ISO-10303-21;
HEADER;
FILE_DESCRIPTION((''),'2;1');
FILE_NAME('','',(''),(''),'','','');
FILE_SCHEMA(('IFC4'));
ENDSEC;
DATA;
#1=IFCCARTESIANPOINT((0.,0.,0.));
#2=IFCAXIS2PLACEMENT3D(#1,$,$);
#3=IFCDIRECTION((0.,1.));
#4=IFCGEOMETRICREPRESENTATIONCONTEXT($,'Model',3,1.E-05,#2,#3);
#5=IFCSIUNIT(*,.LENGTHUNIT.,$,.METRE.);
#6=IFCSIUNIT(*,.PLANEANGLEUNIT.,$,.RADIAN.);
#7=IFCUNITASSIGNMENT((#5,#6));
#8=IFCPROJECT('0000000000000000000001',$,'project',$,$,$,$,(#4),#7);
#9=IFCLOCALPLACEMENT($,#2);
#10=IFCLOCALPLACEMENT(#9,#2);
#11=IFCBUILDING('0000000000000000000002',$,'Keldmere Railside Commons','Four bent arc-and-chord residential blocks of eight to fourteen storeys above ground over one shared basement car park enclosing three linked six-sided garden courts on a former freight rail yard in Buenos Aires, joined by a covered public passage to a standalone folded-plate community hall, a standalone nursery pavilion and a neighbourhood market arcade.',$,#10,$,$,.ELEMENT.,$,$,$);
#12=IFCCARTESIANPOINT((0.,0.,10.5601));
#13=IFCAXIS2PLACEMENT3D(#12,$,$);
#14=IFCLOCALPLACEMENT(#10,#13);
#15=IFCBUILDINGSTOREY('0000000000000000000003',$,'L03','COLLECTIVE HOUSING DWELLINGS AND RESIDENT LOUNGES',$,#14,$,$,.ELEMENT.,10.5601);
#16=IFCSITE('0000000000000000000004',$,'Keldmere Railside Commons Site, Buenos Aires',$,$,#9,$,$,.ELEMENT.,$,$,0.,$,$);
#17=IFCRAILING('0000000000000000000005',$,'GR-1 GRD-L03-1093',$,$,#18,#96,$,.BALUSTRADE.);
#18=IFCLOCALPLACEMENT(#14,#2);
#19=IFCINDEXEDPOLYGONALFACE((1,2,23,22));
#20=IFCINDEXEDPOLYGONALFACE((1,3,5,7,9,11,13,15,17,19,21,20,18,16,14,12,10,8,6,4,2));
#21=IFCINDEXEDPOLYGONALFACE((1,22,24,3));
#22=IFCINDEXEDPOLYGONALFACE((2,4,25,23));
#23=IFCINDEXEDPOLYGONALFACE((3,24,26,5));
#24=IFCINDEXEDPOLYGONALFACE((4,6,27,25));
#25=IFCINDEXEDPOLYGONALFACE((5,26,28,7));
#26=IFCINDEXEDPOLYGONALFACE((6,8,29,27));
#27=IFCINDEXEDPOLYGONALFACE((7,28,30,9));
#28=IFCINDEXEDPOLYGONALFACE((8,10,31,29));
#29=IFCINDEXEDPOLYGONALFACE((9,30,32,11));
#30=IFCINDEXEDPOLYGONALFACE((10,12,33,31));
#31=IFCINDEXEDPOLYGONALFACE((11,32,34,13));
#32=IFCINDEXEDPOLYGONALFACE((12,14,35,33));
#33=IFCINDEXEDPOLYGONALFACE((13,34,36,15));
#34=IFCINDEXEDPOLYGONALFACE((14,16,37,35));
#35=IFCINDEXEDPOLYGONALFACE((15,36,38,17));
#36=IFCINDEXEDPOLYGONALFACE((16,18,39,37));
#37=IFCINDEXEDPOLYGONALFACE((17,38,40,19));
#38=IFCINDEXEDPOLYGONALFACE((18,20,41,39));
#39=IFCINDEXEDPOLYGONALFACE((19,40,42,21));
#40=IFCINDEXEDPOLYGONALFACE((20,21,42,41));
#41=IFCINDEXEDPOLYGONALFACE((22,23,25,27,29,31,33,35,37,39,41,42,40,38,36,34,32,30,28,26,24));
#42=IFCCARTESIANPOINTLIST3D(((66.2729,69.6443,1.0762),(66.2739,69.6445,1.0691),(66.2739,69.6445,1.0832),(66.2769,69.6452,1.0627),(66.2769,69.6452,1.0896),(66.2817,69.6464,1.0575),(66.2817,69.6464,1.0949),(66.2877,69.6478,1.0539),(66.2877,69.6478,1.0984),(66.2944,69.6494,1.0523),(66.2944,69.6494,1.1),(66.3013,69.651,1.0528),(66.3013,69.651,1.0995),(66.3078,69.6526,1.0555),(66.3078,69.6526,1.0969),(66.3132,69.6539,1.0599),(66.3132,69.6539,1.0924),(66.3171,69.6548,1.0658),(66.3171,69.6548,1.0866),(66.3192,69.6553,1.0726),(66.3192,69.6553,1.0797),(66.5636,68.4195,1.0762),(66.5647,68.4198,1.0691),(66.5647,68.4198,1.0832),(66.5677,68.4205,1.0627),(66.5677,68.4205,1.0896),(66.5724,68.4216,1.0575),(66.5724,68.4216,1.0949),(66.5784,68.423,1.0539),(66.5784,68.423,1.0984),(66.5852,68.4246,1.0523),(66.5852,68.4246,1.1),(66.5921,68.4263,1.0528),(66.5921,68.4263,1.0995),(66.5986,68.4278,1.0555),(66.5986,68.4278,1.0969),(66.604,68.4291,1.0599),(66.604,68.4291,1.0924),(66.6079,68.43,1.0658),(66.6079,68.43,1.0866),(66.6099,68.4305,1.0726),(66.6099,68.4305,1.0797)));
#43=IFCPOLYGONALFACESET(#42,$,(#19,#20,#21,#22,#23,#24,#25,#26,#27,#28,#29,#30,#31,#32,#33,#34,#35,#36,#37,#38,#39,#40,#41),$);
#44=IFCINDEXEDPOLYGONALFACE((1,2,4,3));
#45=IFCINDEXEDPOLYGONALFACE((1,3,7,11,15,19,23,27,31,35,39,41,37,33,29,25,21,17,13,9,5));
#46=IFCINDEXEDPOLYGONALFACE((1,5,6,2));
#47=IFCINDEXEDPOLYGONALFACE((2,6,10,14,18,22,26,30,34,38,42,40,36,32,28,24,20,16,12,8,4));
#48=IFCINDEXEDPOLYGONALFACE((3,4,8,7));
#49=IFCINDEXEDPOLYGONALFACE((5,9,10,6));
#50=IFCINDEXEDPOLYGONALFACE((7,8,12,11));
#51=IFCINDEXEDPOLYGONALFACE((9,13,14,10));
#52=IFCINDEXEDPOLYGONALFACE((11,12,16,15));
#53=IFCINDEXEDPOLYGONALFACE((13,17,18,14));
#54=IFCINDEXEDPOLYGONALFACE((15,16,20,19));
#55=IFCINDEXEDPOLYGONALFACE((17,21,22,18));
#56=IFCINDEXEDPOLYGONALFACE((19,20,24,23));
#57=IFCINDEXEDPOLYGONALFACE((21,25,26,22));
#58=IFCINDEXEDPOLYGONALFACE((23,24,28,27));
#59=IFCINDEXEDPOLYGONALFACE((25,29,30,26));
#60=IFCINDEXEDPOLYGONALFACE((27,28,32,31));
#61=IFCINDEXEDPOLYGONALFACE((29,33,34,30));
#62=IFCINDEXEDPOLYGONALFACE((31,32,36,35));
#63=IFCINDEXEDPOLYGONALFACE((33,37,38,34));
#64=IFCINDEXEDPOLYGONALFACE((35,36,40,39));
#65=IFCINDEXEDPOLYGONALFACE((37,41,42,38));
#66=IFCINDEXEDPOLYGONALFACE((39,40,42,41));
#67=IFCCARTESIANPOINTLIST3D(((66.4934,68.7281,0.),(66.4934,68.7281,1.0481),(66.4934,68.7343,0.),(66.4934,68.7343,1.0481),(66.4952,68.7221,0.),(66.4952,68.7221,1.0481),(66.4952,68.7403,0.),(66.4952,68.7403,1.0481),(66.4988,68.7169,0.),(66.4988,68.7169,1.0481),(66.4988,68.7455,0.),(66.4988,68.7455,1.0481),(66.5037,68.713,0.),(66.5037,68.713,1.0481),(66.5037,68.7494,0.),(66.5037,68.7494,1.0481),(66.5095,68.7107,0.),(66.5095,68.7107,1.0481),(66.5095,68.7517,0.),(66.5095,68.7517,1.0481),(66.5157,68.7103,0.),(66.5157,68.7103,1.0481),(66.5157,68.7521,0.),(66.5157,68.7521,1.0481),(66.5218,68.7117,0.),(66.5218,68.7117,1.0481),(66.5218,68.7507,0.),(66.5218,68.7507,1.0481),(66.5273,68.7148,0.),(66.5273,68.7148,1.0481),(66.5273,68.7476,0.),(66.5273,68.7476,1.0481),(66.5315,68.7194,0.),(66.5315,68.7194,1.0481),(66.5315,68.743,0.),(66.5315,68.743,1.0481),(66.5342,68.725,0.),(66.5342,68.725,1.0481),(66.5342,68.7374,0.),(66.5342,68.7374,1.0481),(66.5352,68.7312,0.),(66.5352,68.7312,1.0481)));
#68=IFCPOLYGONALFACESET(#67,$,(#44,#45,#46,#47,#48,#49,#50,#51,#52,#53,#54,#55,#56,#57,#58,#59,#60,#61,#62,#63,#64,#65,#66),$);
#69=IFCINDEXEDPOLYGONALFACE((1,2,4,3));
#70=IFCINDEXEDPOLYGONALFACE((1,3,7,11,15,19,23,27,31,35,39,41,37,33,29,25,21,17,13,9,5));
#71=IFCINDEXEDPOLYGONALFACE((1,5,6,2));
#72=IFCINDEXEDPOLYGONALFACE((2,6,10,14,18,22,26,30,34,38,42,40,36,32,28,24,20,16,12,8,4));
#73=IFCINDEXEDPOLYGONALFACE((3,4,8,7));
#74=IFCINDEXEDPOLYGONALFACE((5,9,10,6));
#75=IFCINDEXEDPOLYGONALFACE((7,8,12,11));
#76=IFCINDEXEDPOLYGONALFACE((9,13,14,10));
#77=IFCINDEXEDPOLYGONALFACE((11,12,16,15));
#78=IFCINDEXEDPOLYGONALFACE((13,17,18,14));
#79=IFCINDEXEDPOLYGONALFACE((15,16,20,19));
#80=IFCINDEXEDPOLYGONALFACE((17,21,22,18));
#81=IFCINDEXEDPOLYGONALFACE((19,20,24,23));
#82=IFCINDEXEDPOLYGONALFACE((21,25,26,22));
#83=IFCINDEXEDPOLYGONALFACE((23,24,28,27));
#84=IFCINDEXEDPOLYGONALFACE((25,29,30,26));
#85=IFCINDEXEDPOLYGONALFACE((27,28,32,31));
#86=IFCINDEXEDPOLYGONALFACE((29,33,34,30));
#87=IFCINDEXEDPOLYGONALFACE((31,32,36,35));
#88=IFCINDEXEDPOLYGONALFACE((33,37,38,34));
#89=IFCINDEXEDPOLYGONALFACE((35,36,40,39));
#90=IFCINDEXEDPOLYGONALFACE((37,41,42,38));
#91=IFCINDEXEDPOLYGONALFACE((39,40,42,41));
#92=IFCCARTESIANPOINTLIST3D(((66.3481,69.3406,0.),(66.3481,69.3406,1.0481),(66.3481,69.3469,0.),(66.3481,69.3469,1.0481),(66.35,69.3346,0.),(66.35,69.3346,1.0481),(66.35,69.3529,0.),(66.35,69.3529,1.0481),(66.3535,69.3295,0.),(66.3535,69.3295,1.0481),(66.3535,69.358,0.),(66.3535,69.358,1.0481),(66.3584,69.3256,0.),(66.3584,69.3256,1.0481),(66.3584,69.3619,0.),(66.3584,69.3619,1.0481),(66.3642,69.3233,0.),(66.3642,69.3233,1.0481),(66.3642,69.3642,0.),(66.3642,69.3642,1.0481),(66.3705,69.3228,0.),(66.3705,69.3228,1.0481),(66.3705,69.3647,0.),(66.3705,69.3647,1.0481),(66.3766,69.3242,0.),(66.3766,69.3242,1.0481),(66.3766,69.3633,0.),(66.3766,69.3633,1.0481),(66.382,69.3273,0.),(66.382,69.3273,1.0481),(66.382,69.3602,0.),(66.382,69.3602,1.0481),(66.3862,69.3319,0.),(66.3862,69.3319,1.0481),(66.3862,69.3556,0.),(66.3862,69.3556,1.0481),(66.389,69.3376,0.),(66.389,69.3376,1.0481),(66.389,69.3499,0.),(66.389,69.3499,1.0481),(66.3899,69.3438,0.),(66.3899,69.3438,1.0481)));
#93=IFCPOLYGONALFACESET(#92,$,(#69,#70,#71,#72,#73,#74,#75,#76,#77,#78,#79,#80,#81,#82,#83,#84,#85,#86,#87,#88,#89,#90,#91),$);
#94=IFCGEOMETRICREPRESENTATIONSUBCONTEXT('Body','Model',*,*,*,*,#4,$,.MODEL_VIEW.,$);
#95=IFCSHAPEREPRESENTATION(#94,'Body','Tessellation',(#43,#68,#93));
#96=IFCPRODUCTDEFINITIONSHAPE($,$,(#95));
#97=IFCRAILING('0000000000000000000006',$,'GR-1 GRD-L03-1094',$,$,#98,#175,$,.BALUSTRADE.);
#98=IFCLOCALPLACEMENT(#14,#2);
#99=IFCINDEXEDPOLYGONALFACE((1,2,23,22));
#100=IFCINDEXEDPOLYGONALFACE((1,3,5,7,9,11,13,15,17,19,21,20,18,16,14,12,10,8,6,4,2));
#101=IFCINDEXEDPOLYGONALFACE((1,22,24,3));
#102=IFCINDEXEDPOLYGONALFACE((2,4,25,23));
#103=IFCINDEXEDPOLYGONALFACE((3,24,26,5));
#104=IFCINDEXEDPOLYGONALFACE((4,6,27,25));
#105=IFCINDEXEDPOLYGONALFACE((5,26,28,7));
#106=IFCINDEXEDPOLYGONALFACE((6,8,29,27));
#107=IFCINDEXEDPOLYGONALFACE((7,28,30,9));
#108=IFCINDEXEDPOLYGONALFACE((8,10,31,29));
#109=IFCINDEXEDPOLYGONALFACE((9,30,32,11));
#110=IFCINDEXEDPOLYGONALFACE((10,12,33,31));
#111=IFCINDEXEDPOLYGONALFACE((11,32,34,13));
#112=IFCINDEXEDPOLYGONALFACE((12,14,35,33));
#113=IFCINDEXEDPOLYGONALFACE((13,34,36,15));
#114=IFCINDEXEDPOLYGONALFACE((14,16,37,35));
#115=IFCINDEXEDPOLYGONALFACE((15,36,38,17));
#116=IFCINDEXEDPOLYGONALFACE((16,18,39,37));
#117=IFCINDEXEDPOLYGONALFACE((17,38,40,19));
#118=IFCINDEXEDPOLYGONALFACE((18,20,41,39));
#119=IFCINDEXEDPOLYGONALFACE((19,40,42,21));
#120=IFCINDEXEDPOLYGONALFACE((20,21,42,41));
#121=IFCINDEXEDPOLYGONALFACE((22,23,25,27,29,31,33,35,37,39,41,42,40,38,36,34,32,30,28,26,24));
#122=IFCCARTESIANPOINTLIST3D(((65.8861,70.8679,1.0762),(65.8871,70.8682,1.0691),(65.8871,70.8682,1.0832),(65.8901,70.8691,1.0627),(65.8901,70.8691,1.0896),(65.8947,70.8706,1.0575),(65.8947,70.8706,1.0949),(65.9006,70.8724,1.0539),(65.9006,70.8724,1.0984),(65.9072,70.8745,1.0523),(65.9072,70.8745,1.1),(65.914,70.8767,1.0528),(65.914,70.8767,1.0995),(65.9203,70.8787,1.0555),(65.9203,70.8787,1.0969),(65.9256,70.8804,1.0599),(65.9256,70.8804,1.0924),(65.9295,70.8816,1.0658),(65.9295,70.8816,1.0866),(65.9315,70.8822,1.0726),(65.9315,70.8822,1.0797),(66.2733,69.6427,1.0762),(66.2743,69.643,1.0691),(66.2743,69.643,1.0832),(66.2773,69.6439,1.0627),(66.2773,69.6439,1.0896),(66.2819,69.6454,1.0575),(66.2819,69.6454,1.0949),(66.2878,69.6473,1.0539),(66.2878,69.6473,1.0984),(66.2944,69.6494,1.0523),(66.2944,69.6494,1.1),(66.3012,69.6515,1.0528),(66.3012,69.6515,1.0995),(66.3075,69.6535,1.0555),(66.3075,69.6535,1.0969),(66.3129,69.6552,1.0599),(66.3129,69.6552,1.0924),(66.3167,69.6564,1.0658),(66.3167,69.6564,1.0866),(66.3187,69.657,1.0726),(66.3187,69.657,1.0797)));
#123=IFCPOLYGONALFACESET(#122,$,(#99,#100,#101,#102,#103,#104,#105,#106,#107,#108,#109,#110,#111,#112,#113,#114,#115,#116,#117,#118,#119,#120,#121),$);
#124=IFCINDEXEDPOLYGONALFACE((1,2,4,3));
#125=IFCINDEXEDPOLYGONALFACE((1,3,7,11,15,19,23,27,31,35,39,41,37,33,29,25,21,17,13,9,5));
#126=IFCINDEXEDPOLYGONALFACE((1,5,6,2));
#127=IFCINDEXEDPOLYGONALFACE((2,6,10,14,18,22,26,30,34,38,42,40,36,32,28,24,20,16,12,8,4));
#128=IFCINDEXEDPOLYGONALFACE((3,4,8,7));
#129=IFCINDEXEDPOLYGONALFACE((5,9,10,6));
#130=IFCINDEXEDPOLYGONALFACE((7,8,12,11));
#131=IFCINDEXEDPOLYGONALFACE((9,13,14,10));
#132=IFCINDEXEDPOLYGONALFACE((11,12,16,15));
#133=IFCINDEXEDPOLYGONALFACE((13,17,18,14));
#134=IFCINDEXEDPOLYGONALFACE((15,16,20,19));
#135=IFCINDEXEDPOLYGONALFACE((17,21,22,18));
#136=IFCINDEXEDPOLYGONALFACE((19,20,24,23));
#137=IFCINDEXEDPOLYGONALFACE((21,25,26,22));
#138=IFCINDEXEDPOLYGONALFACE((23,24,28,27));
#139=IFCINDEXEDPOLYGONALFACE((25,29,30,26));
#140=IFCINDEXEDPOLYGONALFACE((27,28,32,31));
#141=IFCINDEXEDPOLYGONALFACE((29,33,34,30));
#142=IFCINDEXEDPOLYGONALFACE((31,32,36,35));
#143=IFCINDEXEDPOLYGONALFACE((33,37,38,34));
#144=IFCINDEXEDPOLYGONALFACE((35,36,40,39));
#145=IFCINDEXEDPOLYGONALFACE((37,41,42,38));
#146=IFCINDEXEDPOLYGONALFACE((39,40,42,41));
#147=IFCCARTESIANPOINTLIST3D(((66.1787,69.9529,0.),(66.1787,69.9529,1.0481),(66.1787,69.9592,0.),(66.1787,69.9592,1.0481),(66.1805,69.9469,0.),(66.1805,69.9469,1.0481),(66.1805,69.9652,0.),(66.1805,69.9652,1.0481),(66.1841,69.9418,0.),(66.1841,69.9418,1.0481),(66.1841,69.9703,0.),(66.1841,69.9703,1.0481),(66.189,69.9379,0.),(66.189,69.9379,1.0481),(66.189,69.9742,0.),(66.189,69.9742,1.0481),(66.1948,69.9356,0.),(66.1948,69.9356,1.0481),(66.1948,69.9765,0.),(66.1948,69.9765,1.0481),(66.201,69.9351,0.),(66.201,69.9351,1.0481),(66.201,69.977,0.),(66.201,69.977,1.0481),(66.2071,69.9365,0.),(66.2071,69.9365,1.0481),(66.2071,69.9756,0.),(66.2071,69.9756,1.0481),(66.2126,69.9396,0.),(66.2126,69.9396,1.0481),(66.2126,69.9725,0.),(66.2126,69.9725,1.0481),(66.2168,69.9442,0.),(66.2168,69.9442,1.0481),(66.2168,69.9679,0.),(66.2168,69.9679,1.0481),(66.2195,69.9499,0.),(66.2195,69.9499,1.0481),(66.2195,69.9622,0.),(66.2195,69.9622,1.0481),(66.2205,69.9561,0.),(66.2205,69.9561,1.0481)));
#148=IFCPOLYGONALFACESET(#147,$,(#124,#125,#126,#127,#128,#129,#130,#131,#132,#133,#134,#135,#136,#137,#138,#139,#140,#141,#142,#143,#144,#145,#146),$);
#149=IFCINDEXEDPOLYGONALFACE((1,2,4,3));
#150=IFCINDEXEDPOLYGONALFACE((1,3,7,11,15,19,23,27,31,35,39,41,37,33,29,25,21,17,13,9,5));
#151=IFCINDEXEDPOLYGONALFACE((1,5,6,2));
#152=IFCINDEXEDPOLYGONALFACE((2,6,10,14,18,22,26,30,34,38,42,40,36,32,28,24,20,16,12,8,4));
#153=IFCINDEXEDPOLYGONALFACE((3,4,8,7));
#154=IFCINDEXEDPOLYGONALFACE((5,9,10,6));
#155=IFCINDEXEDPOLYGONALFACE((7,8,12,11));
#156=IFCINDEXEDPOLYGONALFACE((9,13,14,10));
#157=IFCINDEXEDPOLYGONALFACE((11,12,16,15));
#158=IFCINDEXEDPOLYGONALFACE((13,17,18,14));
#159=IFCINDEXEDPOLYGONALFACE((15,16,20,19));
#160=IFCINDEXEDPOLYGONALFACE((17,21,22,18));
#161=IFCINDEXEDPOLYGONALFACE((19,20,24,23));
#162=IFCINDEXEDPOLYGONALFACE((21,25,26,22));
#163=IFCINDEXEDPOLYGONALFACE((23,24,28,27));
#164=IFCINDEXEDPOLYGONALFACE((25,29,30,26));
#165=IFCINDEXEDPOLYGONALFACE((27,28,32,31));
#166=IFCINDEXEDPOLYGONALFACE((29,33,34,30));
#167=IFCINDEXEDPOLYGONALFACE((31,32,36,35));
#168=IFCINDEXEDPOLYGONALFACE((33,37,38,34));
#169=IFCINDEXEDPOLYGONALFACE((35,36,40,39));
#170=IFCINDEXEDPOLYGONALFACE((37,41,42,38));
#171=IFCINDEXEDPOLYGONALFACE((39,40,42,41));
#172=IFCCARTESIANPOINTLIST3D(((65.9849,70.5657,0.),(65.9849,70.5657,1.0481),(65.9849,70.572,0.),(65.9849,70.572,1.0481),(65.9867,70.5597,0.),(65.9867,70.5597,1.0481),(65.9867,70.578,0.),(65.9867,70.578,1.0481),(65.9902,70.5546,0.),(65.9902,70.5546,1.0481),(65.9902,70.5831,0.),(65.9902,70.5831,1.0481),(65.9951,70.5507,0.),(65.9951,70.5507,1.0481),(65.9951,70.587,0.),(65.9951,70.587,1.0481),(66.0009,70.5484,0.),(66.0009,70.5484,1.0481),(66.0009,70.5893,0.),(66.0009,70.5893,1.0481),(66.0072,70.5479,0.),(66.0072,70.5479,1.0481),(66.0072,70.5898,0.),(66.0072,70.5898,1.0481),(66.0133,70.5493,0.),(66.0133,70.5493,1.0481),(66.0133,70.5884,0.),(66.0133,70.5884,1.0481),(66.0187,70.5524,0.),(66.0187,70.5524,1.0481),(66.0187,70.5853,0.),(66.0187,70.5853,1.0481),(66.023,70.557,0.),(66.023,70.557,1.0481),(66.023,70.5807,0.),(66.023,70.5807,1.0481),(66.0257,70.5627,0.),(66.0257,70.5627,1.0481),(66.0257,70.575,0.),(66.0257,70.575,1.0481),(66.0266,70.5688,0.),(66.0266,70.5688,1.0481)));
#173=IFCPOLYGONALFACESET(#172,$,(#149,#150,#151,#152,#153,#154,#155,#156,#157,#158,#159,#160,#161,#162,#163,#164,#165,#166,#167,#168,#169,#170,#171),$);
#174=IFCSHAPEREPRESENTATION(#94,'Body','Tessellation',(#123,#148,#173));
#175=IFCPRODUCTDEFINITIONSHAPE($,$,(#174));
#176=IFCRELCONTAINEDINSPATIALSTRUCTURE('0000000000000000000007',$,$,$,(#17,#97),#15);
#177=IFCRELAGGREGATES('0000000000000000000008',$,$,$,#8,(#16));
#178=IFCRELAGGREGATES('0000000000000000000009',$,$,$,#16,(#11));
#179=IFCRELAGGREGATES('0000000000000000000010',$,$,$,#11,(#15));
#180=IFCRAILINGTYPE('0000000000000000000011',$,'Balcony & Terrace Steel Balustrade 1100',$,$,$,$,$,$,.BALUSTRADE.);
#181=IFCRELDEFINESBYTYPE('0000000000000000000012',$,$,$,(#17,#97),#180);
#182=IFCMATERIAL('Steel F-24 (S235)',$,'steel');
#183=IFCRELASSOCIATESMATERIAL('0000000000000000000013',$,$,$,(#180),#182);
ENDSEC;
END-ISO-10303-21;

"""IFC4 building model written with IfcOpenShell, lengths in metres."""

from ifc_helpers import new_model, si_unit, direction, frame, origin, origin_2d, place, context, subcontext, project, spatial, circle, extrude, material, type_object, element, save


model = new_model("IFC4")

# Units and contexts
model_context = context("Model", 3, precision=1e-05, world=origin(), true_north=direction((0.0, 1.0)))
body_context = subcontext(model_context, "Body", "Model", "MODEL_VIEW")
ifc_project = project(units=[si_unit("LENGTHUNIT", "METRE"), si_unit("PLANEANGLEUNIT", "RADIAN")], contexts=[model_context])

# Site, building, storey
site_placement = place(None, origin())
site = spatial("IfcSite", under=ifc_project, at=site_placement, Name="Keldmere Railside Commons Site, Buenos Aires", CompositionType="ELEMENT", RefElevation=0.0)
building_placement = place(site_placement, origin())
building = spatial("IfcBuilding", under=site, at=building_placement, Name="Keldmere Railside Commons", Description="Four bent arc-and-chord residential blocks of eight to fourteen storeys above ground over one shared basement car park enclosing three linked six-sided garden courts on a former freight rail yard in Buenos Aires, joined by a covered public passage to a standalone folded-plate community hall, a standalone nursery pavilion and a neighbourhood market arcade.", CompositionType="ELEMENT")
storey_placement = place(building_placement, frame((0.0, 0.0, 10.5601)))
storey = spatial("IfcBuildingStorey", under=building, at=storey_placement, Name="L03", Description="COLLECTIVE HOUSING DWELLINGS AND RESIDENT LOUNGES", CompositionType="ELEMENT", Elevation=10.5601)

# Railings
ifc_material_1 = material(Name="Steel F-24 (S235)", Category="steel")
railing_type = type_object("IfcRailingType", Name="Balcony & Terrace Steel Balustrade 1100", PredefinedType="BALUSTRADE", material=ifc_material_1)
railing_1_placement = place(storey_placement, frame((66.5869, 68.425, 0.0)))
element("IfcRailing", 1, at=railing_1_placement, inside=storey, type_object=railing_type, Name="GR-1 GRD-L03-1093", PredefinedType="BALUSTRADE", context=body_context, shape_type="SweptSolid", body=[
    extrude(circle(Radius=0.0239, at=origin_2d()), frame((0.0, 0.0, 1.0762), z_axis=(-0.230974, 0.97296, 0.0), x_axis=(-0.97296, -0.230974, 0.0)), (0.0, 0.0, 1.0), 1.2588),
    extrude(circle(Radius=0.021, at=origin_2d()), frame((-0.0728, 0.3062, 0.0)), (0.0, 0.0, 1.0), 1.0481),
    extrude(circle(Radius=0.021, at=origin_2d()), frame((-0.218, 0.9187, 0.0)), (0.0, 0.0, 1.0), 1.0481),
])
railing_2_placement = place(storey_placement, frame((66.2961, 69.6499, 0.0)))
element("IfcRailing", 2, at=railing_2_placement, inside=storey, type_object=railing_type, Name="GR-1 GRD-L03-1094", PredefinedType="BALUSTRADE", context=body_context, shape_type="SweptSolid", body=[
    extrude(circle(Radius=0.0239, at=origin_2d()), frame((0.0, 0.0, 1.0762), z_axis=(-0.301368, 0.953508, 0.0), x_axis=(-0.953508, -0.301368, 0.0)), (0.0, 0.0, 1.0), 1.2849),
    extrude(circle(Radius=0.021, at=origin_2d()), frame((-0.0967, 0.3062, 0.0)), (0.0, 0.0, 1.0), 1.0481),
    extrude(circle(Radius=0.021, at=origin_2d()), frame((-0.2905, 0.9189, 0.0)), (0.0, 0.0, 1.0), 1.0481),
])

save(model, "model.ifc")
